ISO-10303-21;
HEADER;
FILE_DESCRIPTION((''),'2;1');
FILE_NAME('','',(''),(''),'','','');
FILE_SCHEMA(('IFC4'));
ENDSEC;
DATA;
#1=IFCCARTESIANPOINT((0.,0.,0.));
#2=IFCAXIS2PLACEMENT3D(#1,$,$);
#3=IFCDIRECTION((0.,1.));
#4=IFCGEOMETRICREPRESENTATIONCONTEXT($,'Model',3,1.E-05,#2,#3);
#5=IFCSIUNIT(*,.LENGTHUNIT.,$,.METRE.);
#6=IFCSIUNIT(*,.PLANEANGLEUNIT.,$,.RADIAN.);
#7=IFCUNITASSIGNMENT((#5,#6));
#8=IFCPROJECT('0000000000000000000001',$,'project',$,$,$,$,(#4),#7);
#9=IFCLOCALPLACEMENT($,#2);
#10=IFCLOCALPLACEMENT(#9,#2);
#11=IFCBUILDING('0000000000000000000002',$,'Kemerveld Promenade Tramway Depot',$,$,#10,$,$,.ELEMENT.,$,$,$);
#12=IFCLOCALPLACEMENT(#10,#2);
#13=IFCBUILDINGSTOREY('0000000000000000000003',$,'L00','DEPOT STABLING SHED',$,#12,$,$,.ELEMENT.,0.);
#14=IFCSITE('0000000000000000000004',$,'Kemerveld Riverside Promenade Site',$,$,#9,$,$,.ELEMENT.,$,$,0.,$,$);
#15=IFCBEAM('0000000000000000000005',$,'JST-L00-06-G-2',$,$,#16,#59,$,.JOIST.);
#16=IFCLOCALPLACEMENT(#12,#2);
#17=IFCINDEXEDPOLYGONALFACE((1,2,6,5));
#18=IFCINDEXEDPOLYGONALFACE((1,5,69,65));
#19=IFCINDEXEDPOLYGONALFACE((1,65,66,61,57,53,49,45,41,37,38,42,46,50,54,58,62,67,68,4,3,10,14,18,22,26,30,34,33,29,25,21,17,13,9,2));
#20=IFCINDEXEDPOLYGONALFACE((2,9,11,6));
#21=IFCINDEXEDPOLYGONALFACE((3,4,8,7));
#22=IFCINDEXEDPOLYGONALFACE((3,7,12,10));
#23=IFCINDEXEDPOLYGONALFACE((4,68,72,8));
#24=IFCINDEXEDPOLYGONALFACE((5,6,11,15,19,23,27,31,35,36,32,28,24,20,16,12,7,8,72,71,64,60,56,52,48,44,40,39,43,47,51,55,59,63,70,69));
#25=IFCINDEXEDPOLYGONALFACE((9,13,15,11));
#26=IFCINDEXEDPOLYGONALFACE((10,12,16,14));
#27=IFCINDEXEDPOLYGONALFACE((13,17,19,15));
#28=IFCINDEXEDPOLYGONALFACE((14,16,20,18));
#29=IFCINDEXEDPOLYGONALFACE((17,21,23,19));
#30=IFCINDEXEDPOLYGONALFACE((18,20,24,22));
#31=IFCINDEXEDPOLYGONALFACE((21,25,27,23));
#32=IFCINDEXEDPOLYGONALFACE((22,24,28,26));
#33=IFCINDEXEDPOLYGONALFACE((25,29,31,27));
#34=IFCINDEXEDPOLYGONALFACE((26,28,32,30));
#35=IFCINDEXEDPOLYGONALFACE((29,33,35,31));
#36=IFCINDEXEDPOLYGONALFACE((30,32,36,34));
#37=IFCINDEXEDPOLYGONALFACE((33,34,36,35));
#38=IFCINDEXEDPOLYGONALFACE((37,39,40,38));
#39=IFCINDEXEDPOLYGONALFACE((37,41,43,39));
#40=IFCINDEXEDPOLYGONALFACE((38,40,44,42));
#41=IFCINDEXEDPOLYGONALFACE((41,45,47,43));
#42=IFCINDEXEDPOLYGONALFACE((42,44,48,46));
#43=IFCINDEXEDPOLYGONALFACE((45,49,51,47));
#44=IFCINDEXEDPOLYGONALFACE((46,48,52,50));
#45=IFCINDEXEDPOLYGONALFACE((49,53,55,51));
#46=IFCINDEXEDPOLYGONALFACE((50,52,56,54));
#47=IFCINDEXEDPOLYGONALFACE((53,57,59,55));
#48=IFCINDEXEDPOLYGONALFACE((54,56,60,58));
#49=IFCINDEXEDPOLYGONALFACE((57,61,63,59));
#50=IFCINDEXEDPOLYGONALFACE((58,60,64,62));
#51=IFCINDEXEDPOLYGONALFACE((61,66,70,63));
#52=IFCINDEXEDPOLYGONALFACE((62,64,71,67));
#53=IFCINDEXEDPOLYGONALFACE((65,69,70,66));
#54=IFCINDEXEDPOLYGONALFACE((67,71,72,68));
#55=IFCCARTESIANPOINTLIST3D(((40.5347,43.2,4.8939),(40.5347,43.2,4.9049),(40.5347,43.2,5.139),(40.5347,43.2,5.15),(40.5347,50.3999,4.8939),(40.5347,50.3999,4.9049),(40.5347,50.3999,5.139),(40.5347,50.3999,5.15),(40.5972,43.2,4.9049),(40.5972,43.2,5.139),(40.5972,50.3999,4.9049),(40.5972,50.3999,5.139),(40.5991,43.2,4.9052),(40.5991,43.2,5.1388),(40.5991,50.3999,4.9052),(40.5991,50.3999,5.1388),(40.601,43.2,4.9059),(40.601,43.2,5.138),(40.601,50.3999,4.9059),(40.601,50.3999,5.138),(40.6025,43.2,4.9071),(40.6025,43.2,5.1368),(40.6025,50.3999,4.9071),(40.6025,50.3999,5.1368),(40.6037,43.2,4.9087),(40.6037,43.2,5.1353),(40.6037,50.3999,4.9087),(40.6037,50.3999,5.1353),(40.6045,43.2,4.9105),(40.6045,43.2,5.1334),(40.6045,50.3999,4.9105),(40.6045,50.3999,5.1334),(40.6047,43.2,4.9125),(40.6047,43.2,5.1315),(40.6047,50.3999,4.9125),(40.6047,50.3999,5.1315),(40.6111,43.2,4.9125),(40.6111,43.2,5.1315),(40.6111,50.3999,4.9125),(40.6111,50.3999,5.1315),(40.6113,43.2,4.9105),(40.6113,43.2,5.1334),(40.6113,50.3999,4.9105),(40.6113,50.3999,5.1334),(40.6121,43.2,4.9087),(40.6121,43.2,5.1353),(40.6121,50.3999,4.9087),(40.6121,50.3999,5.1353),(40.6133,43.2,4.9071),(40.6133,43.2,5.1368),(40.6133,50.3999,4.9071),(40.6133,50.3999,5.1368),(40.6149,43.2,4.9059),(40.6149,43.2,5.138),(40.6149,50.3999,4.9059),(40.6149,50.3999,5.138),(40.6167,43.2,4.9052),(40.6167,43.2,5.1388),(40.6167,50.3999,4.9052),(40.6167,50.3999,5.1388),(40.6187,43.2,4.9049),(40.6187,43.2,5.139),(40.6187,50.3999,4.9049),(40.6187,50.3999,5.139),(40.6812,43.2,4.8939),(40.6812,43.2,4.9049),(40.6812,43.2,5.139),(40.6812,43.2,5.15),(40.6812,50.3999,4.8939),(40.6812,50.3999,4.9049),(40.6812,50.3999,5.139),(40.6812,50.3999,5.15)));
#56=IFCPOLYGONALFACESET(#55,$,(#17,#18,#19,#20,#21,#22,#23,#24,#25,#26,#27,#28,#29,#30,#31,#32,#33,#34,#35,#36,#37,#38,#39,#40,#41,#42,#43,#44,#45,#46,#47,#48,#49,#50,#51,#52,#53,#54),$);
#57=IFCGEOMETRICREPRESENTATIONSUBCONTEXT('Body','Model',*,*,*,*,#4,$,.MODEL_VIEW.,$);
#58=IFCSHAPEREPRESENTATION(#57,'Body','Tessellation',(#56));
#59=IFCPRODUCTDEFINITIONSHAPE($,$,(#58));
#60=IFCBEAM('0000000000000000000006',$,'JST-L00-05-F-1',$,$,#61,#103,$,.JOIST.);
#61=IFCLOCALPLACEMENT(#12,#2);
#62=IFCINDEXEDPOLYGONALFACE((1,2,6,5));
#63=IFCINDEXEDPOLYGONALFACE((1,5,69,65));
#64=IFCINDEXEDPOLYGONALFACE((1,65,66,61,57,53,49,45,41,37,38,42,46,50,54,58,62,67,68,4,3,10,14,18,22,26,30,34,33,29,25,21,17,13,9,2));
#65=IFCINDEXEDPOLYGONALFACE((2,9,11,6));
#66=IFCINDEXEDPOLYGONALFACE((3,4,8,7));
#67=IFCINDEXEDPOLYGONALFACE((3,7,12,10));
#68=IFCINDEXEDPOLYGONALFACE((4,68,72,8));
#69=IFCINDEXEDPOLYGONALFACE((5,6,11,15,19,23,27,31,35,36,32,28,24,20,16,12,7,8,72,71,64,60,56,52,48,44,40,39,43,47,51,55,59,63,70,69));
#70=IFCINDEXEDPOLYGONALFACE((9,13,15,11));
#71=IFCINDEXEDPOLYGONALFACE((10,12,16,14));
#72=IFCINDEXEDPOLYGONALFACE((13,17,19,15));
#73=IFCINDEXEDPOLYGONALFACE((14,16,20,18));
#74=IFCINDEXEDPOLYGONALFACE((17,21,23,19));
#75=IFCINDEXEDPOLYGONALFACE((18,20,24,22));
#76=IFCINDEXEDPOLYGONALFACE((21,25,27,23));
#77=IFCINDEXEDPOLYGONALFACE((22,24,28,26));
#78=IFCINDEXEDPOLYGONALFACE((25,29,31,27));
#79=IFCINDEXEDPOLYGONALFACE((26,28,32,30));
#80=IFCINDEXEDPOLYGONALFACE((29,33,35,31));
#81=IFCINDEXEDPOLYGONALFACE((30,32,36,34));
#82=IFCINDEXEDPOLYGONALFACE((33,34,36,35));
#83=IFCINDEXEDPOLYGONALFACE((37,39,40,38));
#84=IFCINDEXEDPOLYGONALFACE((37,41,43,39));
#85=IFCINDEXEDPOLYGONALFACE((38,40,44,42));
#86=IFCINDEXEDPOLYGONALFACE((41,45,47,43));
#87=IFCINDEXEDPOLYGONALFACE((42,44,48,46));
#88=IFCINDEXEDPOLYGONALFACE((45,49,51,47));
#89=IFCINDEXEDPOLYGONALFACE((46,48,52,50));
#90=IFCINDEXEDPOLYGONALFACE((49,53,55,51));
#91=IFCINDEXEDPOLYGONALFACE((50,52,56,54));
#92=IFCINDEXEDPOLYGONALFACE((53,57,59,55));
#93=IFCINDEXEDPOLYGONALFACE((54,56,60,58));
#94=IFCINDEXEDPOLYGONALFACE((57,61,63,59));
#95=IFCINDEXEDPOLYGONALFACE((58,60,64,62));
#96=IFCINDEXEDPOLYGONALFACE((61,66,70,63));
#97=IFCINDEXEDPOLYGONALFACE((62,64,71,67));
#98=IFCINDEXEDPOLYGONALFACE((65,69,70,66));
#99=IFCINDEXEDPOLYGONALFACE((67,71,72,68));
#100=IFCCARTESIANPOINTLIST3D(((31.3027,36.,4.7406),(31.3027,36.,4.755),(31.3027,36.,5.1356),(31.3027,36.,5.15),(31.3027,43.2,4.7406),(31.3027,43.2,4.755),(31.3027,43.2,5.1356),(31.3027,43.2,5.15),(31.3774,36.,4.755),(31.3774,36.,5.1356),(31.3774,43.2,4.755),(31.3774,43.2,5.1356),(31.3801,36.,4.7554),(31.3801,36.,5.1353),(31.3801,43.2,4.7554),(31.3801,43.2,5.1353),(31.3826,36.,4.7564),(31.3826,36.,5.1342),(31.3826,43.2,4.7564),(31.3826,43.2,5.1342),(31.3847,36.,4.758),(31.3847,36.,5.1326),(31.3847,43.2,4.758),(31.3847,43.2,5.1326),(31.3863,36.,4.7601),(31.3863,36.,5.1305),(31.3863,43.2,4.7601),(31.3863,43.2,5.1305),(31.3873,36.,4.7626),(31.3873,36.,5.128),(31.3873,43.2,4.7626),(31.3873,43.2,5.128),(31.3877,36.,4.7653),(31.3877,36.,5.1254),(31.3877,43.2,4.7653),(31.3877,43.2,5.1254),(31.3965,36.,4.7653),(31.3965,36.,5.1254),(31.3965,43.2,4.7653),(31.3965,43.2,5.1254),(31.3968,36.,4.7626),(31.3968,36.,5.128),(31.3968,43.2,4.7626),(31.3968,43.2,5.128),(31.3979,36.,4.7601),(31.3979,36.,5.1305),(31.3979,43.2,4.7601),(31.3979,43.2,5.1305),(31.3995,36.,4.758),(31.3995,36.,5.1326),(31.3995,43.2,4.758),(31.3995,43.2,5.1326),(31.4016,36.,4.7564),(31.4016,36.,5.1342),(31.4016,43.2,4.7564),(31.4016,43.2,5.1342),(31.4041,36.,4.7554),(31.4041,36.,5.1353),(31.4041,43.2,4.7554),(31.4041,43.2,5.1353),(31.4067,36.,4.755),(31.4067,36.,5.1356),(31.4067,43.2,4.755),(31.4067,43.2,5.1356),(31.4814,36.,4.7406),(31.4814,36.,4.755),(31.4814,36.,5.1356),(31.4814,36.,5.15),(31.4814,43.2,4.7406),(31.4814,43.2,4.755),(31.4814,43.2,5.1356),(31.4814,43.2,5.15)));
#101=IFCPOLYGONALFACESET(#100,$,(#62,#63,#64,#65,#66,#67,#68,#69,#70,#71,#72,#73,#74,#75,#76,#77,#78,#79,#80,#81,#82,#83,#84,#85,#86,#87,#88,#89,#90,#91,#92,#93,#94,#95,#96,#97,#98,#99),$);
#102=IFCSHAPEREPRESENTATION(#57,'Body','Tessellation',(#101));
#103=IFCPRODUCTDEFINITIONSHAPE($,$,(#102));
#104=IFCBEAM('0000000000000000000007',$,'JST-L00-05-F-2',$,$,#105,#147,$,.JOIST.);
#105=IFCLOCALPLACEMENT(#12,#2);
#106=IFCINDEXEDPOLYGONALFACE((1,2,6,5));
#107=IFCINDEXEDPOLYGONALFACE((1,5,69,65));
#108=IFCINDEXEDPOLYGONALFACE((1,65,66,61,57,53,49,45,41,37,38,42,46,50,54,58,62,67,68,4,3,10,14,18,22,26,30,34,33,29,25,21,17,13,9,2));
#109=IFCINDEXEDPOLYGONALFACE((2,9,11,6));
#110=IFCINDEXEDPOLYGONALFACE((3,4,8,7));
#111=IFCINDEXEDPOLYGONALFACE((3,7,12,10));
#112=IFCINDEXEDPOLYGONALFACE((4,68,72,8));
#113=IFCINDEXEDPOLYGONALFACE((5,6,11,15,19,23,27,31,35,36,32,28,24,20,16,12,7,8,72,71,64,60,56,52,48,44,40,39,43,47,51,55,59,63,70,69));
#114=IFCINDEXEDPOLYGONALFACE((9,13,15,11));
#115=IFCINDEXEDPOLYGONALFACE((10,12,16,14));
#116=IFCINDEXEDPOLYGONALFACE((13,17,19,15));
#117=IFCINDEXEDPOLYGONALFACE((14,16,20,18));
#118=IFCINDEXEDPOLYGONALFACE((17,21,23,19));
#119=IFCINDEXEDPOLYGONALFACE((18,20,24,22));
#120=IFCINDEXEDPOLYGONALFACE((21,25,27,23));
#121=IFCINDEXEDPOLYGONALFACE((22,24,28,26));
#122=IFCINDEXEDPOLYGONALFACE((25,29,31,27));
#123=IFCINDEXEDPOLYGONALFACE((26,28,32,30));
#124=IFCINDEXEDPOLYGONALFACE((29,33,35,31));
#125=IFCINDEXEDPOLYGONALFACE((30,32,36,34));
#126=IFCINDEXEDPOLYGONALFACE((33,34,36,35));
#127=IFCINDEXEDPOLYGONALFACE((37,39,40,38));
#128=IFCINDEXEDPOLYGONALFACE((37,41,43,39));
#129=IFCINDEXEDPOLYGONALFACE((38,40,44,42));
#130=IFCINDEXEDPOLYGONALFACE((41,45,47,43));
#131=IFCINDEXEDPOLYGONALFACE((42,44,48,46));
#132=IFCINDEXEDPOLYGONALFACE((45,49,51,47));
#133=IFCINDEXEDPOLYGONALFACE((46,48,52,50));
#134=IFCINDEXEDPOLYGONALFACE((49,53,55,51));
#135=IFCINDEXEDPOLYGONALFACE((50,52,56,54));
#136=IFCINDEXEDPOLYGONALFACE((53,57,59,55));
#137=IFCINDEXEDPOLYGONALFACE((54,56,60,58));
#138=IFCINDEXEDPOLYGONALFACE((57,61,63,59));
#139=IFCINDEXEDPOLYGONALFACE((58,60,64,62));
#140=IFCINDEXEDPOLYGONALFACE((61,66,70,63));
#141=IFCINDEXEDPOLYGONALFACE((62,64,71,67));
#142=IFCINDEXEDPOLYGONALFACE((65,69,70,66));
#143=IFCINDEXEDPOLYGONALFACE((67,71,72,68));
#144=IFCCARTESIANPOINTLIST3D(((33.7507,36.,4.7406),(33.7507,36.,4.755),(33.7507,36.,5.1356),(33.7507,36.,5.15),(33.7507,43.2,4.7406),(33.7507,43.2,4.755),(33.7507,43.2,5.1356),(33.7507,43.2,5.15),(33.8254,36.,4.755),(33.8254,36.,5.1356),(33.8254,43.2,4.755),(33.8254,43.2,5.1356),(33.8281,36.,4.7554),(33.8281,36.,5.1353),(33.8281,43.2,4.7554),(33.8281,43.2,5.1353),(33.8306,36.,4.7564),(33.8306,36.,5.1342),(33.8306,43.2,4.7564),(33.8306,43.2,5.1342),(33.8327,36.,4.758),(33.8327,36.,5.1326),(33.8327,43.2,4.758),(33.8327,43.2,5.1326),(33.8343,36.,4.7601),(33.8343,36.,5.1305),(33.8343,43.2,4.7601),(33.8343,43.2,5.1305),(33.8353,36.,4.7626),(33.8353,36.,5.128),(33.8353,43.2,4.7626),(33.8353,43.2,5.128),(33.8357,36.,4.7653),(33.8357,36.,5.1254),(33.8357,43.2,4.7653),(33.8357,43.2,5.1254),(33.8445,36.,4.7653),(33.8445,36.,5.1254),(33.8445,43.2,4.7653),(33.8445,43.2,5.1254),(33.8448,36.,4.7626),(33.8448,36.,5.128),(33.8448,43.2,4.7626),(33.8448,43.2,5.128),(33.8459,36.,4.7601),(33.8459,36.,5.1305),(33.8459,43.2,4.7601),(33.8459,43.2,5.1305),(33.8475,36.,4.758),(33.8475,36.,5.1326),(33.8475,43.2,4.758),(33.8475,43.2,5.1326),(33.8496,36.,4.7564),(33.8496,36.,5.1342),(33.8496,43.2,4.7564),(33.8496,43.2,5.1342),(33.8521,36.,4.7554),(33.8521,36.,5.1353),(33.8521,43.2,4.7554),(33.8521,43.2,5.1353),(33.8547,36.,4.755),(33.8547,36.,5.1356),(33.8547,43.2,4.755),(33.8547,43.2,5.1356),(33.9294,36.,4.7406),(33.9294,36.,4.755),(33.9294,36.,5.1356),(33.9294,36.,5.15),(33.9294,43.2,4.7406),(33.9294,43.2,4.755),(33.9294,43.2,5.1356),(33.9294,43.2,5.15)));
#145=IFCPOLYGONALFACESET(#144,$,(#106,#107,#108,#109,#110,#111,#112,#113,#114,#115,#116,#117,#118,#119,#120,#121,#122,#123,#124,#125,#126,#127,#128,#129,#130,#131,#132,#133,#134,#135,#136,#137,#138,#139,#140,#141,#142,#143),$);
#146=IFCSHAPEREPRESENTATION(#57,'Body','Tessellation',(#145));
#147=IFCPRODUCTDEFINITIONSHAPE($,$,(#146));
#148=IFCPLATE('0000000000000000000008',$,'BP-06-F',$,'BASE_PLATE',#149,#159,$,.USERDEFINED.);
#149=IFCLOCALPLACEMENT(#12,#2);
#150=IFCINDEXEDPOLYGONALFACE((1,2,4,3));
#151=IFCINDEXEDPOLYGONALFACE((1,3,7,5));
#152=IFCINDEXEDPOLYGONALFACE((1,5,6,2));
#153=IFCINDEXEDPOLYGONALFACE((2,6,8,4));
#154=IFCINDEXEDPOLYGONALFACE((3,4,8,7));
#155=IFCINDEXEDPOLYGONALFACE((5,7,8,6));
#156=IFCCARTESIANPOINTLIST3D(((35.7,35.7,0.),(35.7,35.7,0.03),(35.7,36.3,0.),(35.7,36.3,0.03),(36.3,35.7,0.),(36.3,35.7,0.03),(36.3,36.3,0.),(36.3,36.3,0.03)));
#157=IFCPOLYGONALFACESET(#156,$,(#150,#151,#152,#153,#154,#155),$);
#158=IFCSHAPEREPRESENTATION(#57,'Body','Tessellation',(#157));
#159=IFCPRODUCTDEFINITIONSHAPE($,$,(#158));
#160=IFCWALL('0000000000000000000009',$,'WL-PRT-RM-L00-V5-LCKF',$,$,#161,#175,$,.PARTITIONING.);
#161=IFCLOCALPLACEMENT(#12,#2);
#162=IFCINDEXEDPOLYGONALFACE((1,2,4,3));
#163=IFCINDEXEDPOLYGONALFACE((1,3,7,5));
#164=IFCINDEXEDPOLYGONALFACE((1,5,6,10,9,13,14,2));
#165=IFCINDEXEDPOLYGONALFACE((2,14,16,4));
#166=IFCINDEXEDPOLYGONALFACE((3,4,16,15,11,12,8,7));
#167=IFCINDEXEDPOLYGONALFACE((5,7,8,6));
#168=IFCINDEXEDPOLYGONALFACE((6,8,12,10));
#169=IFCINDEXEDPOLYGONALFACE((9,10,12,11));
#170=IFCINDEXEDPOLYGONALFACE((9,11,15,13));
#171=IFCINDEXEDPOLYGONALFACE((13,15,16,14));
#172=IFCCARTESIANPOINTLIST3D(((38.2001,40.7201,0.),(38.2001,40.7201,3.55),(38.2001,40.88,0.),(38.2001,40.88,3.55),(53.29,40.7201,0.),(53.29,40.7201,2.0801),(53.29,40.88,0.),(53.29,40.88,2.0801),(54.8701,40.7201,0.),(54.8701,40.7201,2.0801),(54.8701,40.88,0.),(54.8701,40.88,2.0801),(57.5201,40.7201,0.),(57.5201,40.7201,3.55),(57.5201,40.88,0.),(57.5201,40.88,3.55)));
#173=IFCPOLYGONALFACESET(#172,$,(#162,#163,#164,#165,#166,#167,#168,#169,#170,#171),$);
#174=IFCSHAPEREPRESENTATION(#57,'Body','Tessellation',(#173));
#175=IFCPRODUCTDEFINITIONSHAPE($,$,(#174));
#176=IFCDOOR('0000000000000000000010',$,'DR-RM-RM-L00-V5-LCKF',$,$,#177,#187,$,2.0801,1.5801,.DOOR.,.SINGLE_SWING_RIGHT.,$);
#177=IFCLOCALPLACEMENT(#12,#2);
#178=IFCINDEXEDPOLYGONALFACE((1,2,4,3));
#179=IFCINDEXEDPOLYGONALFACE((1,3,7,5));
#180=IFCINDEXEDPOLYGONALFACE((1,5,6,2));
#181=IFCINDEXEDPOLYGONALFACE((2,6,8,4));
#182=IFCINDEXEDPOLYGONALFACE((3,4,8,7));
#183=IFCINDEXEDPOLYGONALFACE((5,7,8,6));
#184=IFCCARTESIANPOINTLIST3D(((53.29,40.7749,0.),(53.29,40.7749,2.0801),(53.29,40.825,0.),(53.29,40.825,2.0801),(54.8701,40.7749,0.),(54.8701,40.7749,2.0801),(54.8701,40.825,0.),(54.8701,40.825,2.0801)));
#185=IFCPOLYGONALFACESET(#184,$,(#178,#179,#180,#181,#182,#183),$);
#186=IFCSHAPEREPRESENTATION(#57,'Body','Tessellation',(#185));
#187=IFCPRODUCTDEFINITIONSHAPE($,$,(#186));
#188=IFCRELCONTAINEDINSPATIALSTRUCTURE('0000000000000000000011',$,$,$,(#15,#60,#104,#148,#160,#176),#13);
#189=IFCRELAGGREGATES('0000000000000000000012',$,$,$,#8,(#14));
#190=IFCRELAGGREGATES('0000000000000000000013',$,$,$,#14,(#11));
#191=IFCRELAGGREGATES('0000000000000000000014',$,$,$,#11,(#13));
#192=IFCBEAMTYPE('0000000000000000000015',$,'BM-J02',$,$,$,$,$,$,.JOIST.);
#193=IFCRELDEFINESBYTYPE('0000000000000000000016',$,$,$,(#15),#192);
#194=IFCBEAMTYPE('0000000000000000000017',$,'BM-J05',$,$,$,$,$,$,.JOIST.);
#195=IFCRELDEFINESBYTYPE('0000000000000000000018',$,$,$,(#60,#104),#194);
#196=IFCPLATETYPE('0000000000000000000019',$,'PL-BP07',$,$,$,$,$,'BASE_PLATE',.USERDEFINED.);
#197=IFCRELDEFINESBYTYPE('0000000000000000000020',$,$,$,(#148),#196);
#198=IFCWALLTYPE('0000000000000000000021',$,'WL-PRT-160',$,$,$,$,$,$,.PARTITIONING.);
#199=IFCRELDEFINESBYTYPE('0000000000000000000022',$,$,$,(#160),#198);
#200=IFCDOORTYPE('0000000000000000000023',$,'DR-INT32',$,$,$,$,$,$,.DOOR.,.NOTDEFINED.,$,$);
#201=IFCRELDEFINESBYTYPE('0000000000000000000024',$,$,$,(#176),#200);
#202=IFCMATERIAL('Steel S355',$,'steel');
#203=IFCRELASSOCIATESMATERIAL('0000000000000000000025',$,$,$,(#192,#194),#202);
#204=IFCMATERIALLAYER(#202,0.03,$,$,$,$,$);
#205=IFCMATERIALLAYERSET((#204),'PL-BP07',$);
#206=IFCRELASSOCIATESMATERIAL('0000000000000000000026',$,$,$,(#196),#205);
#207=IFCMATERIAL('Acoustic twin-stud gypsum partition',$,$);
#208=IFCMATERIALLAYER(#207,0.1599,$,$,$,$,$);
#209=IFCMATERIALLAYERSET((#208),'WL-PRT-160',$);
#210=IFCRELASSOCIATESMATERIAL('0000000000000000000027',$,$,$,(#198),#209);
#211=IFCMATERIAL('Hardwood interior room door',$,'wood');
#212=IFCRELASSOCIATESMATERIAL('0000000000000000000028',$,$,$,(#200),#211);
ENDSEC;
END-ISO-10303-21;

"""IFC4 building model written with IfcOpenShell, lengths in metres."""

from ifc_helpers import new_model, si_unit, direction, frame, frame_2d, origin, origin_2d, place, context, subcontext, project, spatial, rectangle, i_section, extrude, material, layer, layer_set, material_profile, profile_set, type_object, element, fill, save


model = new_model("IFC4")

# Units and contexts
model_context = context("Model", 3, precision=1e-05, world=origin(), true_north=direction((0.0, 1.0)))
body_context = subcontext(model_context, "Body", "Model", "MODEL_VIEW")
ifc_project = project(units=[si_unit("LENGTHUNIT", "METRE"), si_unit("PLANEANGLEUNIT", "RADIAN")], contexts=[model_context])

# Site, building, storey
site_placement = place(None, origin())
site = spatial("IfcSite", under=ifc_project, at=site_placement, Name="Kemerveld Riverside Promenade Site", CompositionType="ELEMENT", RefElevation=0.0)
building_placement = place(site_placement, origin())
building = spatial("IfcBuilding", under=site, at=building_placement, Name="Kemerveld Promenade Tramway Depot", CompositionType="ELEMENT")
storey_placement = place(building_placement, origin())
storey = spatial("IfcBuildingStorey", under=building, at=storey_placement, Name="L00", Description="DEPOT STABLING SHED", CompositionType="ELEMENT", Elevation=0.0)

# Shared definitions
ifc_material_1 = material(Name="Steel S355", Category="steel")

# Beams
ifc_material_profile_1 = material_profile(ifc_material_1, i_section(OverallWidth=0.1465, OverallDepth=0.2561, WebThickness=0.0063, FlangeThickness=0.011, FilletRadius=0.0076, at=origin_2d()), Name="254x146x37 UB")
ifc_profile_set_1 = profile_set([ifc_material_profile_1], Name="Steel S355")
beam_type_1 = type_object("IfcBeamType", Name="BM-J02", PredefinedType="JOIST", material=ifc_profile_set_1)
for number, where, z_axis, x_axis, name in (
    (1, (40.6079, 43.2, 5.022), (0.0, 1.0, 0.0), (-1.0, 0.0, 0.0), "JST-L00-06-G-2"),
):
    element("IfcBeam", number, at=place(storey_placement, frame(where, z_axis=z_axis, x_axis=x_axis)), inside=storey, type_object=beam_type_1, Name=name, PredefinedType="JOIST", context=body_context, shape_type="SweptSolid", body=[
        extrude(i_section(OverallWidth=0.1465, OverallDepth=0.2561, WebThickness=0.0063, FlangeThickness=0.011, FilletRadius=0.0076, at=origin_2d()), origin(), (0.0, 0.0, 1.0), 7.2),
    ])
ifc_material_profile_2 = material_profile(ifc_material_1, i_section(OverallWidth=0.1787, OverallDepth=0.4094, WebThickness=0.0088, FlangeThickness=0.0144, FilletRadius=0.0103, at=origin_2d()), Name="406x178x67 UB")
ifc_profile_set_2 = profile_set([ifc_material_profile_2], Name="Steel S355")
beam_type_2 = type_object("IfcBeamType", Name="BM-J05", PredefinedType="JOIST", material=ifc_profile_set_2)
for number, where, z_axis, x_axis, name in (
    (2, (31.3921, 36.0, 4.9453), (0.0, 1.0, 0.0), (-1.0, 0.0, 0.0), "JST-L00-05-F-1"),
    (3, (33.8401, 36.0, 4.9453), (0.0, 1.0, 0.0), (-1.0, 0.0, 0.0), "JST-L00-05-F-2"),
):
    element("IfcBeam", number, at=place(storey_placement, frame(where, z_axis=z_axis, x_axis=x_axis)), inside=storey, type_object=beam_type_2, Name=name, PredefinedType="JOIST", context=body_context, shape_type="SweptSolid", body=[
        extrude(i_section(OverallWidth=0.1787, OverallDepth=0.4094, WebThickness=0.0088, FlangeThickness=0.0144, FilletRadius=0.0103, at=origin_2d()), origin(), (0.0, 0.0, 1.0), 7.2),
    ])

# Plate
ifc_layer_1 = layer(ifc_material_1, 0.03)
ifc_layer_set_1 = layer_set([ifc_layer_1], Name="PL-BP07")
plate_type = type_object("IfcPlateType", Name="PL-BP07", ElementType="BASE_PLATE", PredefinedType="USERDEFINED", material=ifc_layer_set_1)
plate_placement = place(storey_placement, frame((36.0, 36.0, 0.0), z_axis=(0.0, 0.0, 1.0), x_axis=(1.0, 0.0, 0.0)))
element("IfcPlate", 4, at=plate_placement, inside=storey, type_object=plate_type, Name="BP-06-F", ObjectType="BASE_PLATE", PredefinedType="USERDEFINED", context=body_context, shape_type="SweptSolid", body=[
    extrude(rectangle(XDim=0.6001, YDim=0.6001, at=origin_2d()), origin(), (0.0, 0.0, 1.0), 0.03),
])

# Wall, opening, door
ifc_material_2 = material(Name="Acoustic twin-stud gypsum partition")
ifc_layer_2 = layer(ifc_material_2, 0.1599)
ifc_layer_set_2 = layer_set([ifc_layer_2], Name="WL-PRT-160")
wall_type = type_object("IfcWallType", Name="WL-PRT-160", PredefinedType="PARTITIONING", material=ifc_layer_set_2)
wall_placement = place(storey_placement, frame((38.2, 40.8, 0.0), z_axis=(0.0, 0.0, 1.0), x_axis=(1.0, 0.0, 0.0)))
wall = element("IfcWall", 5, at=wall_placement, inside=storey, type_object=wall_type, Name="WL-PRT-RM-L00-V5-LCKF", PredefinedType="PARTITIONING", context=body_context, shape_type="SweptSolid", body=[
    extrude(rectangle(XDim=19.3201, YDim=0.1599, at=frame_2d((9.6602, 0.0))), origin(), (0.0, 0.0, 1.0), 3.55),
])
opening_placement = place(wall_placement, frame((15.0901, 0.0, 0.0)))
opening = element("IfcOpeningElement", 6, at=opening_placement, cuts=wall, PredefinedType="OPENING", context=body_context, shape_type="SweptSolid", body=[
    extrude(rectangle(XDim=1.5801, YDim=2.0801, at=frame_2d((0.79, 1.04))), frame((0.0, 0.0898, 0.0), z_axis=(0.0, -1.0, 0.0), x_axis=(1.0, 0.0, 0.0)), (0.0, 0.0, 1.0), 0.1799),
])
ifc_material_3 = material(Name="Hardwood interior room door", Category="wood")
door_type = type_object("IfcDoorType", Name="DR-INT32", OperationType="NOTDEFINED", PredefinedType="DOOR", material=ifc_material_3)
door_placement = place(opening_placement, origin())
door = element("IfcDoor", 7, at=door_placement, inside=storey, type_object=door_type, Name="DR-RM-RM-L00-V5-LCKF", OperationType="SINGLE_SWING_RIGHT", OverallHeight=2.0801, OverallWidth=1.5801, PredefinedType="DOOR", context=body_context, shape_type="SweptSolid", body=[
    extrude(rectangle(XDim=1.5801, YDim=2.0801, at=frame_2d((0.79, 1.04))), frame((0.0, 0.0249, 0.0), z_axis=(0.0, -1.0, 0.0), x_axis=(1.0, 0.0, 0.0)), (0.0, 0.0, 1.0), 0.05),
])
fill(opening, door)

save(model, "model.ifc")
